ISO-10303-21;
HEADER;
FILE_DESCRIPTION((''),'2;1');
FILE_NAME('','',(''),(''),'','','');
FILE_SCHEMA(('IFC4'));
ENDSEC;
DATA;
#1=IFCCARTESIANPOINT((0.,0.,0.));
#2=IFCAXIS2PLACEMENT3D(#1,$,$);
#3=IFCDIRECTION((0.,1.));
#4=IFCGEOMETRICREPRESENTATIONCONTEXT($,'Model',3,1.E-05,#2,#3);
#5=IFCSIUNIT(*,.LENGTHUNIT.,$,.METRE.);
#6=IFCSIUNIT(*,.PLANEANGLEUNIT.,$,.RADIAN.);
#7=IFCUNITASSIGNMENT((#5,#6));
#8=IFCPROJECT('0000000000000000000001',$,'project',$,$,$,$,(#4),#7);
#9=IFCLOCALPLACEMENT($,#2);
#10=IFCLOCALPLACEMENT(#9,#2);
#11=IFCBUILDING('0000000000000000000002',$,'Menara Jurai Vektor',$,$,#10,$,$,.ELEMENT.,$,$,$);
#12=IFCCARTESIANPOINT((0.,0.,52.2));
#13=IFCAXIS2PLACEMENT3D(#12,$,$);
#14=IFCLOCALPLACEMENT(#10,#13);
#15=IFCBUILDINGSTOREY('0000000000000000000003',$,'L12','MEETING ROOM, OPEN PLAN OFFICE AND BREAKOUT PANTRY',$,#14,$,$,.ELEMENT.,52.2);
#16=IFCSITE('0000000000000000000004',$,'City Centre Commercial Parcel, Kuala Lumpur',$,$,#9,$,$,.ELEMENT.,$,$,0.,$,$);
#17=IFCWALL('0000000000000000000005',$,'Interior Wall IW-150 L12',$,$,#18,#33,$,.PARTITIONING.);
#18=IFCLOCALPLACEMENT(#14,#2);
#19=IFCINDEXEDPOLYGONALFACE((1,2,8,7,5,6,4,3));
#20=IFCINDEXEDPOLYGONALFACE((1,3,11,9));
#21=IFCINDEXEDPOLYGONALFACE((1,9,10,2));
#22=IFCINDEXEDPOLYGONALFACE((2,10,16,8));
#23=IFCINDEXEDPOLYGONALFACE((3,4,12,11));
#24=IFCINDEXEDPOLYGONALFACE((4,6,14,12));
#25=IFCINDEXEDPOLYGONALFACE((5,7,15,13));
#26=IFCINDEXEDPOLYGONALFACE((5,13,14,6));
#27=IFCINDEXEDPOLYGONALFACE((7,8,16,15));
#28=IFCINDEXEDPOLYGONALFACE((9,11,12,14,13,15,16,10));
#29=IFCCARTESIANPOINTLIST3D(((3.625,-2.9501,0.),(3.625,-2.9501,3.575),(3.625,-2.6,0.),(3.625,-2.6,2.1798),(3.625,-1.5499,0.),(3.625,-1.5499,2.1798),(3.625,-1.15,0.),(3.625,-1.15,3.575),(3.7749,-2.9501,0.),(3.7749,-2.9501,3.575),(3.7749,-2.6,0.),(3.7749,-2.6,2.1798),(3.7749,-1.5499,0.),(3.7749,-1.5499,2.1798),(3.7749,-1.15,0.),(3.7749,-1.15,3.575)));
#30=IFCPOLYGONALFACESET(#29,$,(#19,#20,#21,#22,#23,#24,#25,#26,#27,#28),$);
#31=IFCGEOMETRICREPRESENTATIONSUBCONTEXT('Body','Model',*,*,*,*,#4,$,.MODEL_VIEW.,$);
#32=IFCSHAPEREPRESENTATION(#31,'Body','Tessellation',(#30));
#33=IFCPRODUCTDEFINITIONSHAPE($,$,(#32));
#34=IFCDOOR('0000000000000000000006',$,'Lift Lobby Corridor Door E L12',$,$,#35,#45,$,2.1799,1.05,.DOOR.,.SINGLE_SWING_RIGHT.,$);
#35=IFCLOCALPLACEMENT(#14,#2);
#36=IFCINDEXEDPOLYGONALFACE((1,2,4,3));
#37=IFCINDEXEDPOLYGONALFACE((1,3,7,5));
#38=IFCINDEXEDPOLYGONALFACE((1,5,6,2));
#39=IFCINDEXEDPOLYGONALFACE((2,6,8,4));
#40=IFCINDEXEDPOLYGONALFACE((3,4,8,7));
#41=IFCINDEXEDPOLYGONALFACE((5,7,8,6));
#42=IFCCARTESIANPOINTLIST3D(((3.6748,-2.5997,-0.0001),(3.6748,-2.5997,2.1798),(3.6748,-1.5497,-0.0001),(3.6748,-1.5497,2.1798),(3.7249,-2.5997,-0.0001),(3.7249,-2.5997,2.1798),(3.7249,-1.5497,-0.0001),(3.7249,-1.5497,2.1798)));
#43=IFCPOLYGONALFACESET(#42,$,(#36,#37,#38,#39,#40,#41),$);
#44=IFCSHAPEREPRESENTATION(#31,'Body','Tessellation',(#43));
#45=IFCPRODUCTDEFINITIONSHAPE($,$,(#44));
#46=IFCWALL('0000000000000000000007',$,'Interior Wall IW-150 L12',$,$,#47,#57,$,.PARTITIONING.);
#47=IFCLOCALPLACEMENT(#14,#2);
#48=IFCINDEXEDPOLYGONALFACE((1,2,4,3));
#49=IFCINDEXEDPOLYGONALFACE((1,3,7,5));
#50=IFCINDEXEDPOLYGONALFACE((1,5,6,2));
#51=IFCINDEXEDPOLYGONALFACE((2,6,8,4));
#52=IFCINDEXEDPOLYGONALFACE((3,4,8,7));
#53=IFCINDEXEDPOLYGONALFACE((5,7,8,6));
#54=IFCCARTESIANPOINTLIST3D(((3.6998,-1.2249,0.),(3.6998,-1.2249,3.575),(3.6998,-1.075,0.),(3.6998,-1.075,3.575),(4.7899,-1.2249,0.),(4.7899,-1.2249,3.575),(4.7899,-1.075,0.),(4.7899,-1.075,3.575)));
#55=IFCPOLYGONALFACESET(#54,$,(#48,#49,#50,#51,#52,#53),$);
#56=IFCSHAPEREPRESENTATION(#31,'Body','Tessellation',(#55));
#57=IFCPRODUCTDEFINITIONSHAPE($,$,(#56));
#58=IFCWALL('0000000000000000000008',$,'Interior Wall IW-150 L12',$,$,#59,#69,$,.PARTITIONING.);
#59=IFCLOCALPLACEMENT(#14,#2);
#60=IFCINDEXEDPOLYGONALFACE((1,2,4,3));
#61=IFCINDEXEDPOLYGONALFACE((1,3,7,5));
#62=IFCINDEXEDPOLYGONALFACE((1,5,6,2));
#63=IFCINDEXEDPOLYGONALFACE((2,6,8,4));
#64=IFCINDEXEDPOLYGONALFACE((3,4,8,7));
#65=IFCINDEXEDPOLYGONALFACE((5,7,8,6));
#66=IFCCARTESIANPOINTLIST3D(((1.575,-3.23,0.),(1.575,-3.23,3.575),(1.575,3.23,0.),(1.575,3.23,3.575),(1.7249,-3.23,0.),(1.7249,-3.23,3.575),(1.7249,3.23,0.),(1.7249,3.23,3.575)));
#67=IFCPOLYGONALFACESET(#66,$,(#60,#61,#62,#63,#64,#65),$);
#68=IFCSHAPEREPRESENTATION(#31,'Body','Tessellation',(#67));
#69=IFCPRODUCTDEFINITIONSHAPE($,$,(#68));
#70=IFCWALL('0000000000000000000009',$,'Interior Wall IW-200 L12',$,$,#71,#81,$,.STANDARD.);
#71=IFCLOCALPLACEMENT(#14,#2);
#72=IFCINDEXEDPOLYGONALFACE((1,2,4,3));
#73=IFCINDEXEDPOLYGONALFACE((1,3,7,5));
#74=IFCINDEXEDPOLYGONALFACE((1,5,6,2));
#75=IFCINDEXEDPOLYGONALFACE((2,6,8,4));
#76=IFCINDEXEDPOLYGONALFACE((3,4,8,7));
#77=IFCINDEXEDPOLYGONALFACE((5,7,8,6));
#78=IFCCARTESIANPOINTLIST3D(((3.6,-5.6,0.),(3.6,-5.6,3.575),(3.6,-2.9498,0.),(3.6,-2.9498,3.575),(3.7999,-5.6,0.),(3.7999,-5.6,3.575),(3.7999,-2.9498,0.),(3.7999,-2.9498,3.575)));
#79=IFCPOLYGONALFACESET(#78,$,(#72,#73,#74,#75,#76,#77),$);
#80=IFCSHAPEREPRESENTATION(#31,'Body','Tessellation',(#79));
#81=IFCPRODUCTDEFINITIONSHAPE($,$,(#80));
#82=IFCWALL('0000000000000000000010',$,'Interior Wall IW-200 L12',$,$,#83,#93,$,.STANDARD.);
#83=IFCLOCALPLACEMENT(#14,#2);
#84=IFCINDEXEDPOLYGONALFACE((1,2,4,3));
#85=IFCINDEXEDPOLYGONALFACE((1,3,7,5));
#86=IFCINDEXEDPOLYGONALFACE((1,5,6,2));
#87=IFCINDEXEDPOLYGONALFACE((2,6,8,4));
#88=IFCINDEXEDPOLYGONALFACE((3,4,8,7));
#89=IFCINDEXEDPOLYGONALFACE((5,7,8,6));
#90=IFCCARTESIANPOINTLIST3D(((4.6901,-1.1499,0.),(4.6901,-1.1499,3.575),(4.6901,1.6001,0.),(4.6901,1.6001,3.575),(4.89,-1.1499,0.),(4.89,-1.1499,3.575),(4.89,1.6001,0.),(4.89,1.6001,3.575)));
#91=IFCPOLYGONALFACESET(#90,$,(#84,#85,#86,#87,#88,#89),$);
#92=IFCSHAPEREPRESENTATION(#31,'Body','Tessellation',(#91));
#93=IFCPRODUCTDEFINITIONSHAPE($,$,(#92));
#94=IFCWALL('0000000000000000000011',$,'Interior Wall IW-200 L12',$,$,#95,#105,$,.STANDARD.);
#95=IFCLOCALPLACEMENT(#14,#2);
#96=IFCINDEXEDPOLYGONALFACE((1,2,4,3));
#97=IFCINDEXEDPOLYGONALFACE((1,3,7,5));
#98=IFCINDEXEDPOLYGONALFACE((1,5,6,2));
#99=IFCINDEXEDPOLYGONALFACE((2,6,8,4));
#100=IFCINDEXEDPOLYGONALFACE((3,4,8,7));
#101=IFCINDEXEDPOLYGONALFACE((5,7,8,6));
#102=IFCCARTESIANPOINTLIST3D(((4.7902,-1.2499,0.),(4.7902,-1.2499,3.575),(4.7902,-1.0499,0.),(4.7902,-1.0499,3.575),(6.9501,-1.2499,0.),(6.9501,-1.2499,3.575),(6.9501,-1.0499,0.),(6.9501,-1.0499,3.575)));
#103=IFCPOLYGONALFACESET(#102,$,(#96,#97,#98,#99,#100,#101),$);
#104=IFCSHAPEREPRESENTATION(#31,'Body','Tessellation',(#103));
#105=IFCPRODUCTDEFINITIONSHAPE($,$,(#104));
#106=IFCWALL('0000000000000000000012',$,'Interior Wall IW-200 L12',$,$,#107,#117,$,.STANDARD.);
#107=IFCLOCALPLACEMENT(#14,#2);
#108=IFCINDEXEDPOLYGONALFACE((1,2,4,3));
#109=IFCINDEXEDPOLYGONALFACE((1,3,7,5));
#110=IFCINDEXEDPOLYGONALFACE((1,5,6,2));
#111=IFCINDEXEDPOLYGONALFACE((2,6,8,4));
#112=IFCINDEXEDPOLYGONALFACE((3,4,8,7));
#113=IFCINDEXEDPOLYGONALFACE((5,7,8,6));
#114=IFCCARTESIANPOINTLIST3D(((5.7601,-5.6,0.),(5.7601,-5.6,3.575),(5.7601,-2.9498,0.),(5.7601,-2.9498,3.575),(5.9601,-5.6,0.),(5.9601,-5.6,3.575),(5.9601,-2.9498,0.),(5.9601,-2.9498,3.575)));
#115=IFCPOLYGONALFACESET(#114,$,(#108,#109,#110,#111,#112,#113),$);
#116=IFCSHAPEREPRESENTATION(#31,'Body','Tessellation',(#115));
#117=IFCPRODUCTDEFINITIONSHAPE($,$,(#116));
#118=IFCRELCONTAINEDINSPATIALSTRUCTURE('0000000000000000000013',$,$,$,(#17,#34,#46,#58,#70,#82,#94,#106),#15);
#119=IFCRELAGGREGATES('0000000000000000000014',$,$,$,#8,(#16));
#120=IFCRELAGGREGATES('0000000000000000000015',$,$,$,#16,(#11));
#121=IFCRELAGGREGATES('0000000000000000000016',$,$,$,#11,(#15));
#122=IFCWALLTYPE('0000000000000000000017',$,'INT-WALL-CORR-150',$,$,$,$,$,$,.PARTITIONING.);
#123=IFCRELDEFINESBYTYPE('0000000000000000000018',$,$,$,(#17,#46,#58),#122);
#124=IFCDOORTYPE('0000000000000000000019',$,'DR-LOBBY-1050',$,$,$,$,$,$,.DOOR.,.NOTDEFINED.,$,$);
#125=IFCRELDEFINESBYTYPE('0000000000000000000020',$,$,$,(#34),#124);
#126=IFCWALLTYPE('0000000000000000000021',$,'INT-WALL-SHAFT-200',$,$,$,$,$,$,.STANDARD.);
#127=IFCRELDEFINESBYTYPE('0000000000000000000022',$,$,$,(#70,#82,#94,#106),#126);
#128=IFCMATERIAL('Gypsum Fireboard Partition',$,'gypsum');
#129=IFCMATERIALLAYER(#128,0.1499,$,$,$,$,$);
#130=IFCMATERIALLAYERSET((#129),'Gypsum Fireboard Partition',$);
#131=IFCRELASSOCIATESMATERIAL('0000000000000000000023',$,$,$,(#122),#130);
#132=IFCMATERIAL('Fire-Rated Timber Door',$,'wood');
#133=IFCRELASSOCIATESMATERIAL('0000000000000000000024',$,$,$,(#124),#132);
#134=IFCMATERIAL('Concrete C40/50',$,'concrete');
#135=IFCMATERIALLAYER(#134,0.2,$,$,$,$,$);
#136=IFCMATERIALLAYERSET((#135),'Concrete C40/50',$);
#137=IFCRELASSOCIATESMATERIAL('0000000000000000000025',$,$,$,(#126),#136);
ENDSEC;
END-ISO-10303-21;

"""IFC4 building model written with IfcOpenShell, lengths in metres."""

from ifc_helpers import new_model, si_unit, direction, frame, frame_2d, origin, place, context, subcontext, project, spatial, rectangle, extrude, material, layer, layer_set, type_object, element, fill, save


model = new_model("IFC4")

# Units and contexts
model_context = context("Model", 3, precision=1e-05, world=origin(), true_north=direction((0.0, 1.0)))
body_context = subcontext(model_context, "Body", "Model", "MODEL_VIEW")
ifc_project = project(units=[si_unit("LENGTHUNIT", "METRE"), si_unit("PLANEANGLEUNIT", "RADIAN")], contexts=[model_context])

# Site, building, storey
site_placement = place(None, origin())
site = spatial("IfcSite", under=ifc_project, at=site_placement, Name="City Centre Commercial Parcel, Kuala Lumpur", CompositionType="ELEMENT", RefElevation=0.0)
building_placement = place(site_placement, origin())
building = spatial("IfcBuilding", under=site, at=building_placement, Name="Menara Jurai Vektor", CompositionType="ELEMENT")
storey_placement = place(building_placement, frame((0.0, 0.0, 52.2)))
storey = spatial("IfcBuildingStorey", under=building, at=storey_placement, Name="L12", Description="MEETING ROOM, OPEN PLAN OFFICE AND BREAKOUT PANTRY", CompositionType="ELEMENT", Elevation=52.2)

# Shared definitions
ifc_material_1 = material(Name="Concrete C40/50", Category="concrete")

# Wall, opening, door
ifc_material_2 = material(Name="Gypsum Fireboard Partition", Category="gypsum")
ifc_layer_1 = layer(ifc_material_2, 0.1499)
ifc_layer_set_1 = layer_set([ifc_layer_1], Name="Gypsum Fireboard Partition")
wall_type_1 = type_object("IfcWallType", Name="INT-WALL-CORR-150", PredefinedType="PARTITIONING", material=ifc_layer_set_1)
wall_1_placement = place(storey_placement, frame((3.7, -2.95, 0.0), z_axis=(0.0, 0.0, 1.0), x_axis=(0.0, 1.0, 0.0)))
wall_1 = element("IfcWall", 1, at=wall_1_placement, inside=storey, type_object=wall_type_1, Name="Interior Wall IW-150 L12", PredefinedType="PARTITIONING", context=body_context, shape_type="SweptSolid", body=[
    extrude(rectangle(XDim=1.8, YDim=0.1499, at=frame_2d((0.8999, 0.0))), origin(), (0.0, 0.0, 1.0), 3.575),
])
opening_1_placement = place(wall_1_placement, frame((0.3501, 0.0, 0.0)))
opening_1 = element("IfcOpeningElement", 2, at=opening_1_placement, cuts=wall_1, PredefinedType="OPENING", context=body_context, shape_type="SweptSolid", body=[
    extrude(rectangle(XDim=1.05, YDim=2.1799, at=frame_2d((0.5249, 1.0898))), frame((0.0, 0.085, 0.0), z_axis=(0.0, -1.0, 0.0), x_axis=(1.0, 0.0, 0.0)), (0.0, 0.0, 1.0), 0.1699),
])
ifc_material_3 = material(Name="Fire-Rated Timber Door", Category="wood")
door_type_1 = type_object("IfcDoorType", Name="DR-LOBBY-1050", OperationType="NOTDEFINED", PredefinedType="DOOR", material=ifc_material_3)
door_1_placement = place(opening_1_placement, frame((1.05, 0.0, 0.0), z_axis=(0.0, 0.0, 1.0), x_axis=(-1.0, 0.0, 0.0)))
door_1 = element("IfcDoor", 3, at=door_1_placement, inside=storey, type_object=door_type_1, Name="Lift Lobby Corridor Door E L12", OperationType="SINGLE_SWING_RIGHT", OverallHeight=2.1799, OverallWidth=1.05, PredefinedType="DOOR", context=body_context, shape_type="SweptSolid", body=[
    extrude(rectangle(XDim=1.05, YDim=2.1799, at=frame_2d((0.5249, 1.0898))), frame((0.0, 0.0249, 0.0), z_axis=(0.0, -1.0, 0.0), x_axis=(1.0, 0.0, 0.0)), (0.0, 0.0, 1.0), 0.05),
])
fill(opening_1, door_1)

# Walls
wall_2_placement = place(storey_placement, frame((3.7, -1.1499, 0.0), z_axis=(0.0, 0.0, 1.0), x_axis=(1.0, 0.0, 0.0)))
element("IfcWall", 4, at=wall_2_placement, inside=storey, type_object=wall_type_1, Name="Interior Wall IW-150 L12", PredefinedType="PARTITIONING", context=body_context, shape_type="SweptSolid", body=[
    extrude(rectangle(XDim=1.0901, YDim=0.1499, at=frame_2d((0.5449, 0.0))), origin(), (0.0, 0.0, 1.0), 3.575),
])
wall_3_placement = place(storey_placement, frame((1.6499, -3.23, 0.0), z_axis=(0.0, 0.0, 1.0), x_axis=(0.0, 1.0, 0.0)))
element("IfcWall", 5, at=wall_3_placement, inside=storey, type_object=wall_type_1, Name="Interior Wall IW-150 L12", PredefinedType="PARTITIONING", context=body_context, shape_type="SweptSolid", body=[
    extrude(rectangle(XDim=6.46, YDim=0.1499, at=frame_2d((3.23, 0.0))), origin(), (0.0, 0.0, 1.0), 3.575),
])

# Shared definitions
ifc_layer_2 = layer(ifc_material_1, 0.2)
ifc_layer_set_2 = layer_set([ifc_layer_2], Name="Concrete C40/50")
wall_type_2 = type_object("IfcWallType", Name="INT-WALL-SHAFT-200", PredefinedType="STANDARD", material=ifc_layer_set_2)

# Walls
wall_4_placement = place(storey_placement, frame((3.7, -5.6001, 0.0), z_axis=(0.0, 0.0, 1.0), x_axis=(0.0, 1.0, 0.0)))
element("IfcWall", 6, at=wall_4_placement, inside=storey, type_object=wall_type_2, Name="Interior Wall IW-200 L12", PredefinedType="STANDARD", context=body_context, shape_type="SweptSolid", body=[
    extrude(rectangle(XDim=2.6501, YDim=0.2, at=frame_2d((1.3252, 0.0))), origin(), (0.0, 0.0, 1.0), 3.575),
])
wall_5_placement = place(storey_placement, frame((4.79, -1.1499, 0.0), z_axis=(0.0, 0.0, 1.0), x_axis=(0.0, 1.0, 0.0)))
element("IfcWall", 7, at=wall_5_placement, inside=storey, type_object=wall_type_2, Name="Interior Wall IW-200 L12", PredefinedType="STANDARD", context=body_context, shape_type="SweptSolid", body=[
    extrude(rectangle(XDim=2.75, YDim=0.2, at=frame_2d((1.375, 0.0))), origin(), (0.0, 0.0, 1.0), 3.575),
])
wall_6_placement = place(storey_placement, frame((4.79, -1.1499, 0.0), z_axis=(0.0, 0.0, 1.0), x_axis=(1.0, 0.0, 0.0)))
element("IfcWall", 8, at=wall_6_placement, inside=storey, type_object=wall_type_2, Name="Interior Wall IW-200 L12", PredefinedType="STANDARD", context=body_context, shape_type="SweptSolid", body=[
    extrude(rectangle(XDim=2.1599, YDim=0.2, at=frame_2d((1.0801, 0.0))), origin(), (0.0, 0.0, 1.0), 3.575),
])

# Wall
wall_7_placement = place(storey_placement, frame((5.8601, -5.6001, 0.0), z_axis=(0.0, 0.0, 1.0), x_axis=(0.0, 1.0, 0.0)))
element("IfcWall", 9, at=wall_7_placement, inside=storey, type_object=wall_type_2, Name="Interior Wall IW-200 L12", PredefinedType="STANDARD", context=body_context, shape_type="SweptSolid", body=[
    extrude(rectangle(XDim=2.6501, YDim=0.2, at=frame_2d((1.3252, 0.0))), origin(), (0.0, 0.0, 1.0), 3.575),
])

save(model, "model.ifc")
